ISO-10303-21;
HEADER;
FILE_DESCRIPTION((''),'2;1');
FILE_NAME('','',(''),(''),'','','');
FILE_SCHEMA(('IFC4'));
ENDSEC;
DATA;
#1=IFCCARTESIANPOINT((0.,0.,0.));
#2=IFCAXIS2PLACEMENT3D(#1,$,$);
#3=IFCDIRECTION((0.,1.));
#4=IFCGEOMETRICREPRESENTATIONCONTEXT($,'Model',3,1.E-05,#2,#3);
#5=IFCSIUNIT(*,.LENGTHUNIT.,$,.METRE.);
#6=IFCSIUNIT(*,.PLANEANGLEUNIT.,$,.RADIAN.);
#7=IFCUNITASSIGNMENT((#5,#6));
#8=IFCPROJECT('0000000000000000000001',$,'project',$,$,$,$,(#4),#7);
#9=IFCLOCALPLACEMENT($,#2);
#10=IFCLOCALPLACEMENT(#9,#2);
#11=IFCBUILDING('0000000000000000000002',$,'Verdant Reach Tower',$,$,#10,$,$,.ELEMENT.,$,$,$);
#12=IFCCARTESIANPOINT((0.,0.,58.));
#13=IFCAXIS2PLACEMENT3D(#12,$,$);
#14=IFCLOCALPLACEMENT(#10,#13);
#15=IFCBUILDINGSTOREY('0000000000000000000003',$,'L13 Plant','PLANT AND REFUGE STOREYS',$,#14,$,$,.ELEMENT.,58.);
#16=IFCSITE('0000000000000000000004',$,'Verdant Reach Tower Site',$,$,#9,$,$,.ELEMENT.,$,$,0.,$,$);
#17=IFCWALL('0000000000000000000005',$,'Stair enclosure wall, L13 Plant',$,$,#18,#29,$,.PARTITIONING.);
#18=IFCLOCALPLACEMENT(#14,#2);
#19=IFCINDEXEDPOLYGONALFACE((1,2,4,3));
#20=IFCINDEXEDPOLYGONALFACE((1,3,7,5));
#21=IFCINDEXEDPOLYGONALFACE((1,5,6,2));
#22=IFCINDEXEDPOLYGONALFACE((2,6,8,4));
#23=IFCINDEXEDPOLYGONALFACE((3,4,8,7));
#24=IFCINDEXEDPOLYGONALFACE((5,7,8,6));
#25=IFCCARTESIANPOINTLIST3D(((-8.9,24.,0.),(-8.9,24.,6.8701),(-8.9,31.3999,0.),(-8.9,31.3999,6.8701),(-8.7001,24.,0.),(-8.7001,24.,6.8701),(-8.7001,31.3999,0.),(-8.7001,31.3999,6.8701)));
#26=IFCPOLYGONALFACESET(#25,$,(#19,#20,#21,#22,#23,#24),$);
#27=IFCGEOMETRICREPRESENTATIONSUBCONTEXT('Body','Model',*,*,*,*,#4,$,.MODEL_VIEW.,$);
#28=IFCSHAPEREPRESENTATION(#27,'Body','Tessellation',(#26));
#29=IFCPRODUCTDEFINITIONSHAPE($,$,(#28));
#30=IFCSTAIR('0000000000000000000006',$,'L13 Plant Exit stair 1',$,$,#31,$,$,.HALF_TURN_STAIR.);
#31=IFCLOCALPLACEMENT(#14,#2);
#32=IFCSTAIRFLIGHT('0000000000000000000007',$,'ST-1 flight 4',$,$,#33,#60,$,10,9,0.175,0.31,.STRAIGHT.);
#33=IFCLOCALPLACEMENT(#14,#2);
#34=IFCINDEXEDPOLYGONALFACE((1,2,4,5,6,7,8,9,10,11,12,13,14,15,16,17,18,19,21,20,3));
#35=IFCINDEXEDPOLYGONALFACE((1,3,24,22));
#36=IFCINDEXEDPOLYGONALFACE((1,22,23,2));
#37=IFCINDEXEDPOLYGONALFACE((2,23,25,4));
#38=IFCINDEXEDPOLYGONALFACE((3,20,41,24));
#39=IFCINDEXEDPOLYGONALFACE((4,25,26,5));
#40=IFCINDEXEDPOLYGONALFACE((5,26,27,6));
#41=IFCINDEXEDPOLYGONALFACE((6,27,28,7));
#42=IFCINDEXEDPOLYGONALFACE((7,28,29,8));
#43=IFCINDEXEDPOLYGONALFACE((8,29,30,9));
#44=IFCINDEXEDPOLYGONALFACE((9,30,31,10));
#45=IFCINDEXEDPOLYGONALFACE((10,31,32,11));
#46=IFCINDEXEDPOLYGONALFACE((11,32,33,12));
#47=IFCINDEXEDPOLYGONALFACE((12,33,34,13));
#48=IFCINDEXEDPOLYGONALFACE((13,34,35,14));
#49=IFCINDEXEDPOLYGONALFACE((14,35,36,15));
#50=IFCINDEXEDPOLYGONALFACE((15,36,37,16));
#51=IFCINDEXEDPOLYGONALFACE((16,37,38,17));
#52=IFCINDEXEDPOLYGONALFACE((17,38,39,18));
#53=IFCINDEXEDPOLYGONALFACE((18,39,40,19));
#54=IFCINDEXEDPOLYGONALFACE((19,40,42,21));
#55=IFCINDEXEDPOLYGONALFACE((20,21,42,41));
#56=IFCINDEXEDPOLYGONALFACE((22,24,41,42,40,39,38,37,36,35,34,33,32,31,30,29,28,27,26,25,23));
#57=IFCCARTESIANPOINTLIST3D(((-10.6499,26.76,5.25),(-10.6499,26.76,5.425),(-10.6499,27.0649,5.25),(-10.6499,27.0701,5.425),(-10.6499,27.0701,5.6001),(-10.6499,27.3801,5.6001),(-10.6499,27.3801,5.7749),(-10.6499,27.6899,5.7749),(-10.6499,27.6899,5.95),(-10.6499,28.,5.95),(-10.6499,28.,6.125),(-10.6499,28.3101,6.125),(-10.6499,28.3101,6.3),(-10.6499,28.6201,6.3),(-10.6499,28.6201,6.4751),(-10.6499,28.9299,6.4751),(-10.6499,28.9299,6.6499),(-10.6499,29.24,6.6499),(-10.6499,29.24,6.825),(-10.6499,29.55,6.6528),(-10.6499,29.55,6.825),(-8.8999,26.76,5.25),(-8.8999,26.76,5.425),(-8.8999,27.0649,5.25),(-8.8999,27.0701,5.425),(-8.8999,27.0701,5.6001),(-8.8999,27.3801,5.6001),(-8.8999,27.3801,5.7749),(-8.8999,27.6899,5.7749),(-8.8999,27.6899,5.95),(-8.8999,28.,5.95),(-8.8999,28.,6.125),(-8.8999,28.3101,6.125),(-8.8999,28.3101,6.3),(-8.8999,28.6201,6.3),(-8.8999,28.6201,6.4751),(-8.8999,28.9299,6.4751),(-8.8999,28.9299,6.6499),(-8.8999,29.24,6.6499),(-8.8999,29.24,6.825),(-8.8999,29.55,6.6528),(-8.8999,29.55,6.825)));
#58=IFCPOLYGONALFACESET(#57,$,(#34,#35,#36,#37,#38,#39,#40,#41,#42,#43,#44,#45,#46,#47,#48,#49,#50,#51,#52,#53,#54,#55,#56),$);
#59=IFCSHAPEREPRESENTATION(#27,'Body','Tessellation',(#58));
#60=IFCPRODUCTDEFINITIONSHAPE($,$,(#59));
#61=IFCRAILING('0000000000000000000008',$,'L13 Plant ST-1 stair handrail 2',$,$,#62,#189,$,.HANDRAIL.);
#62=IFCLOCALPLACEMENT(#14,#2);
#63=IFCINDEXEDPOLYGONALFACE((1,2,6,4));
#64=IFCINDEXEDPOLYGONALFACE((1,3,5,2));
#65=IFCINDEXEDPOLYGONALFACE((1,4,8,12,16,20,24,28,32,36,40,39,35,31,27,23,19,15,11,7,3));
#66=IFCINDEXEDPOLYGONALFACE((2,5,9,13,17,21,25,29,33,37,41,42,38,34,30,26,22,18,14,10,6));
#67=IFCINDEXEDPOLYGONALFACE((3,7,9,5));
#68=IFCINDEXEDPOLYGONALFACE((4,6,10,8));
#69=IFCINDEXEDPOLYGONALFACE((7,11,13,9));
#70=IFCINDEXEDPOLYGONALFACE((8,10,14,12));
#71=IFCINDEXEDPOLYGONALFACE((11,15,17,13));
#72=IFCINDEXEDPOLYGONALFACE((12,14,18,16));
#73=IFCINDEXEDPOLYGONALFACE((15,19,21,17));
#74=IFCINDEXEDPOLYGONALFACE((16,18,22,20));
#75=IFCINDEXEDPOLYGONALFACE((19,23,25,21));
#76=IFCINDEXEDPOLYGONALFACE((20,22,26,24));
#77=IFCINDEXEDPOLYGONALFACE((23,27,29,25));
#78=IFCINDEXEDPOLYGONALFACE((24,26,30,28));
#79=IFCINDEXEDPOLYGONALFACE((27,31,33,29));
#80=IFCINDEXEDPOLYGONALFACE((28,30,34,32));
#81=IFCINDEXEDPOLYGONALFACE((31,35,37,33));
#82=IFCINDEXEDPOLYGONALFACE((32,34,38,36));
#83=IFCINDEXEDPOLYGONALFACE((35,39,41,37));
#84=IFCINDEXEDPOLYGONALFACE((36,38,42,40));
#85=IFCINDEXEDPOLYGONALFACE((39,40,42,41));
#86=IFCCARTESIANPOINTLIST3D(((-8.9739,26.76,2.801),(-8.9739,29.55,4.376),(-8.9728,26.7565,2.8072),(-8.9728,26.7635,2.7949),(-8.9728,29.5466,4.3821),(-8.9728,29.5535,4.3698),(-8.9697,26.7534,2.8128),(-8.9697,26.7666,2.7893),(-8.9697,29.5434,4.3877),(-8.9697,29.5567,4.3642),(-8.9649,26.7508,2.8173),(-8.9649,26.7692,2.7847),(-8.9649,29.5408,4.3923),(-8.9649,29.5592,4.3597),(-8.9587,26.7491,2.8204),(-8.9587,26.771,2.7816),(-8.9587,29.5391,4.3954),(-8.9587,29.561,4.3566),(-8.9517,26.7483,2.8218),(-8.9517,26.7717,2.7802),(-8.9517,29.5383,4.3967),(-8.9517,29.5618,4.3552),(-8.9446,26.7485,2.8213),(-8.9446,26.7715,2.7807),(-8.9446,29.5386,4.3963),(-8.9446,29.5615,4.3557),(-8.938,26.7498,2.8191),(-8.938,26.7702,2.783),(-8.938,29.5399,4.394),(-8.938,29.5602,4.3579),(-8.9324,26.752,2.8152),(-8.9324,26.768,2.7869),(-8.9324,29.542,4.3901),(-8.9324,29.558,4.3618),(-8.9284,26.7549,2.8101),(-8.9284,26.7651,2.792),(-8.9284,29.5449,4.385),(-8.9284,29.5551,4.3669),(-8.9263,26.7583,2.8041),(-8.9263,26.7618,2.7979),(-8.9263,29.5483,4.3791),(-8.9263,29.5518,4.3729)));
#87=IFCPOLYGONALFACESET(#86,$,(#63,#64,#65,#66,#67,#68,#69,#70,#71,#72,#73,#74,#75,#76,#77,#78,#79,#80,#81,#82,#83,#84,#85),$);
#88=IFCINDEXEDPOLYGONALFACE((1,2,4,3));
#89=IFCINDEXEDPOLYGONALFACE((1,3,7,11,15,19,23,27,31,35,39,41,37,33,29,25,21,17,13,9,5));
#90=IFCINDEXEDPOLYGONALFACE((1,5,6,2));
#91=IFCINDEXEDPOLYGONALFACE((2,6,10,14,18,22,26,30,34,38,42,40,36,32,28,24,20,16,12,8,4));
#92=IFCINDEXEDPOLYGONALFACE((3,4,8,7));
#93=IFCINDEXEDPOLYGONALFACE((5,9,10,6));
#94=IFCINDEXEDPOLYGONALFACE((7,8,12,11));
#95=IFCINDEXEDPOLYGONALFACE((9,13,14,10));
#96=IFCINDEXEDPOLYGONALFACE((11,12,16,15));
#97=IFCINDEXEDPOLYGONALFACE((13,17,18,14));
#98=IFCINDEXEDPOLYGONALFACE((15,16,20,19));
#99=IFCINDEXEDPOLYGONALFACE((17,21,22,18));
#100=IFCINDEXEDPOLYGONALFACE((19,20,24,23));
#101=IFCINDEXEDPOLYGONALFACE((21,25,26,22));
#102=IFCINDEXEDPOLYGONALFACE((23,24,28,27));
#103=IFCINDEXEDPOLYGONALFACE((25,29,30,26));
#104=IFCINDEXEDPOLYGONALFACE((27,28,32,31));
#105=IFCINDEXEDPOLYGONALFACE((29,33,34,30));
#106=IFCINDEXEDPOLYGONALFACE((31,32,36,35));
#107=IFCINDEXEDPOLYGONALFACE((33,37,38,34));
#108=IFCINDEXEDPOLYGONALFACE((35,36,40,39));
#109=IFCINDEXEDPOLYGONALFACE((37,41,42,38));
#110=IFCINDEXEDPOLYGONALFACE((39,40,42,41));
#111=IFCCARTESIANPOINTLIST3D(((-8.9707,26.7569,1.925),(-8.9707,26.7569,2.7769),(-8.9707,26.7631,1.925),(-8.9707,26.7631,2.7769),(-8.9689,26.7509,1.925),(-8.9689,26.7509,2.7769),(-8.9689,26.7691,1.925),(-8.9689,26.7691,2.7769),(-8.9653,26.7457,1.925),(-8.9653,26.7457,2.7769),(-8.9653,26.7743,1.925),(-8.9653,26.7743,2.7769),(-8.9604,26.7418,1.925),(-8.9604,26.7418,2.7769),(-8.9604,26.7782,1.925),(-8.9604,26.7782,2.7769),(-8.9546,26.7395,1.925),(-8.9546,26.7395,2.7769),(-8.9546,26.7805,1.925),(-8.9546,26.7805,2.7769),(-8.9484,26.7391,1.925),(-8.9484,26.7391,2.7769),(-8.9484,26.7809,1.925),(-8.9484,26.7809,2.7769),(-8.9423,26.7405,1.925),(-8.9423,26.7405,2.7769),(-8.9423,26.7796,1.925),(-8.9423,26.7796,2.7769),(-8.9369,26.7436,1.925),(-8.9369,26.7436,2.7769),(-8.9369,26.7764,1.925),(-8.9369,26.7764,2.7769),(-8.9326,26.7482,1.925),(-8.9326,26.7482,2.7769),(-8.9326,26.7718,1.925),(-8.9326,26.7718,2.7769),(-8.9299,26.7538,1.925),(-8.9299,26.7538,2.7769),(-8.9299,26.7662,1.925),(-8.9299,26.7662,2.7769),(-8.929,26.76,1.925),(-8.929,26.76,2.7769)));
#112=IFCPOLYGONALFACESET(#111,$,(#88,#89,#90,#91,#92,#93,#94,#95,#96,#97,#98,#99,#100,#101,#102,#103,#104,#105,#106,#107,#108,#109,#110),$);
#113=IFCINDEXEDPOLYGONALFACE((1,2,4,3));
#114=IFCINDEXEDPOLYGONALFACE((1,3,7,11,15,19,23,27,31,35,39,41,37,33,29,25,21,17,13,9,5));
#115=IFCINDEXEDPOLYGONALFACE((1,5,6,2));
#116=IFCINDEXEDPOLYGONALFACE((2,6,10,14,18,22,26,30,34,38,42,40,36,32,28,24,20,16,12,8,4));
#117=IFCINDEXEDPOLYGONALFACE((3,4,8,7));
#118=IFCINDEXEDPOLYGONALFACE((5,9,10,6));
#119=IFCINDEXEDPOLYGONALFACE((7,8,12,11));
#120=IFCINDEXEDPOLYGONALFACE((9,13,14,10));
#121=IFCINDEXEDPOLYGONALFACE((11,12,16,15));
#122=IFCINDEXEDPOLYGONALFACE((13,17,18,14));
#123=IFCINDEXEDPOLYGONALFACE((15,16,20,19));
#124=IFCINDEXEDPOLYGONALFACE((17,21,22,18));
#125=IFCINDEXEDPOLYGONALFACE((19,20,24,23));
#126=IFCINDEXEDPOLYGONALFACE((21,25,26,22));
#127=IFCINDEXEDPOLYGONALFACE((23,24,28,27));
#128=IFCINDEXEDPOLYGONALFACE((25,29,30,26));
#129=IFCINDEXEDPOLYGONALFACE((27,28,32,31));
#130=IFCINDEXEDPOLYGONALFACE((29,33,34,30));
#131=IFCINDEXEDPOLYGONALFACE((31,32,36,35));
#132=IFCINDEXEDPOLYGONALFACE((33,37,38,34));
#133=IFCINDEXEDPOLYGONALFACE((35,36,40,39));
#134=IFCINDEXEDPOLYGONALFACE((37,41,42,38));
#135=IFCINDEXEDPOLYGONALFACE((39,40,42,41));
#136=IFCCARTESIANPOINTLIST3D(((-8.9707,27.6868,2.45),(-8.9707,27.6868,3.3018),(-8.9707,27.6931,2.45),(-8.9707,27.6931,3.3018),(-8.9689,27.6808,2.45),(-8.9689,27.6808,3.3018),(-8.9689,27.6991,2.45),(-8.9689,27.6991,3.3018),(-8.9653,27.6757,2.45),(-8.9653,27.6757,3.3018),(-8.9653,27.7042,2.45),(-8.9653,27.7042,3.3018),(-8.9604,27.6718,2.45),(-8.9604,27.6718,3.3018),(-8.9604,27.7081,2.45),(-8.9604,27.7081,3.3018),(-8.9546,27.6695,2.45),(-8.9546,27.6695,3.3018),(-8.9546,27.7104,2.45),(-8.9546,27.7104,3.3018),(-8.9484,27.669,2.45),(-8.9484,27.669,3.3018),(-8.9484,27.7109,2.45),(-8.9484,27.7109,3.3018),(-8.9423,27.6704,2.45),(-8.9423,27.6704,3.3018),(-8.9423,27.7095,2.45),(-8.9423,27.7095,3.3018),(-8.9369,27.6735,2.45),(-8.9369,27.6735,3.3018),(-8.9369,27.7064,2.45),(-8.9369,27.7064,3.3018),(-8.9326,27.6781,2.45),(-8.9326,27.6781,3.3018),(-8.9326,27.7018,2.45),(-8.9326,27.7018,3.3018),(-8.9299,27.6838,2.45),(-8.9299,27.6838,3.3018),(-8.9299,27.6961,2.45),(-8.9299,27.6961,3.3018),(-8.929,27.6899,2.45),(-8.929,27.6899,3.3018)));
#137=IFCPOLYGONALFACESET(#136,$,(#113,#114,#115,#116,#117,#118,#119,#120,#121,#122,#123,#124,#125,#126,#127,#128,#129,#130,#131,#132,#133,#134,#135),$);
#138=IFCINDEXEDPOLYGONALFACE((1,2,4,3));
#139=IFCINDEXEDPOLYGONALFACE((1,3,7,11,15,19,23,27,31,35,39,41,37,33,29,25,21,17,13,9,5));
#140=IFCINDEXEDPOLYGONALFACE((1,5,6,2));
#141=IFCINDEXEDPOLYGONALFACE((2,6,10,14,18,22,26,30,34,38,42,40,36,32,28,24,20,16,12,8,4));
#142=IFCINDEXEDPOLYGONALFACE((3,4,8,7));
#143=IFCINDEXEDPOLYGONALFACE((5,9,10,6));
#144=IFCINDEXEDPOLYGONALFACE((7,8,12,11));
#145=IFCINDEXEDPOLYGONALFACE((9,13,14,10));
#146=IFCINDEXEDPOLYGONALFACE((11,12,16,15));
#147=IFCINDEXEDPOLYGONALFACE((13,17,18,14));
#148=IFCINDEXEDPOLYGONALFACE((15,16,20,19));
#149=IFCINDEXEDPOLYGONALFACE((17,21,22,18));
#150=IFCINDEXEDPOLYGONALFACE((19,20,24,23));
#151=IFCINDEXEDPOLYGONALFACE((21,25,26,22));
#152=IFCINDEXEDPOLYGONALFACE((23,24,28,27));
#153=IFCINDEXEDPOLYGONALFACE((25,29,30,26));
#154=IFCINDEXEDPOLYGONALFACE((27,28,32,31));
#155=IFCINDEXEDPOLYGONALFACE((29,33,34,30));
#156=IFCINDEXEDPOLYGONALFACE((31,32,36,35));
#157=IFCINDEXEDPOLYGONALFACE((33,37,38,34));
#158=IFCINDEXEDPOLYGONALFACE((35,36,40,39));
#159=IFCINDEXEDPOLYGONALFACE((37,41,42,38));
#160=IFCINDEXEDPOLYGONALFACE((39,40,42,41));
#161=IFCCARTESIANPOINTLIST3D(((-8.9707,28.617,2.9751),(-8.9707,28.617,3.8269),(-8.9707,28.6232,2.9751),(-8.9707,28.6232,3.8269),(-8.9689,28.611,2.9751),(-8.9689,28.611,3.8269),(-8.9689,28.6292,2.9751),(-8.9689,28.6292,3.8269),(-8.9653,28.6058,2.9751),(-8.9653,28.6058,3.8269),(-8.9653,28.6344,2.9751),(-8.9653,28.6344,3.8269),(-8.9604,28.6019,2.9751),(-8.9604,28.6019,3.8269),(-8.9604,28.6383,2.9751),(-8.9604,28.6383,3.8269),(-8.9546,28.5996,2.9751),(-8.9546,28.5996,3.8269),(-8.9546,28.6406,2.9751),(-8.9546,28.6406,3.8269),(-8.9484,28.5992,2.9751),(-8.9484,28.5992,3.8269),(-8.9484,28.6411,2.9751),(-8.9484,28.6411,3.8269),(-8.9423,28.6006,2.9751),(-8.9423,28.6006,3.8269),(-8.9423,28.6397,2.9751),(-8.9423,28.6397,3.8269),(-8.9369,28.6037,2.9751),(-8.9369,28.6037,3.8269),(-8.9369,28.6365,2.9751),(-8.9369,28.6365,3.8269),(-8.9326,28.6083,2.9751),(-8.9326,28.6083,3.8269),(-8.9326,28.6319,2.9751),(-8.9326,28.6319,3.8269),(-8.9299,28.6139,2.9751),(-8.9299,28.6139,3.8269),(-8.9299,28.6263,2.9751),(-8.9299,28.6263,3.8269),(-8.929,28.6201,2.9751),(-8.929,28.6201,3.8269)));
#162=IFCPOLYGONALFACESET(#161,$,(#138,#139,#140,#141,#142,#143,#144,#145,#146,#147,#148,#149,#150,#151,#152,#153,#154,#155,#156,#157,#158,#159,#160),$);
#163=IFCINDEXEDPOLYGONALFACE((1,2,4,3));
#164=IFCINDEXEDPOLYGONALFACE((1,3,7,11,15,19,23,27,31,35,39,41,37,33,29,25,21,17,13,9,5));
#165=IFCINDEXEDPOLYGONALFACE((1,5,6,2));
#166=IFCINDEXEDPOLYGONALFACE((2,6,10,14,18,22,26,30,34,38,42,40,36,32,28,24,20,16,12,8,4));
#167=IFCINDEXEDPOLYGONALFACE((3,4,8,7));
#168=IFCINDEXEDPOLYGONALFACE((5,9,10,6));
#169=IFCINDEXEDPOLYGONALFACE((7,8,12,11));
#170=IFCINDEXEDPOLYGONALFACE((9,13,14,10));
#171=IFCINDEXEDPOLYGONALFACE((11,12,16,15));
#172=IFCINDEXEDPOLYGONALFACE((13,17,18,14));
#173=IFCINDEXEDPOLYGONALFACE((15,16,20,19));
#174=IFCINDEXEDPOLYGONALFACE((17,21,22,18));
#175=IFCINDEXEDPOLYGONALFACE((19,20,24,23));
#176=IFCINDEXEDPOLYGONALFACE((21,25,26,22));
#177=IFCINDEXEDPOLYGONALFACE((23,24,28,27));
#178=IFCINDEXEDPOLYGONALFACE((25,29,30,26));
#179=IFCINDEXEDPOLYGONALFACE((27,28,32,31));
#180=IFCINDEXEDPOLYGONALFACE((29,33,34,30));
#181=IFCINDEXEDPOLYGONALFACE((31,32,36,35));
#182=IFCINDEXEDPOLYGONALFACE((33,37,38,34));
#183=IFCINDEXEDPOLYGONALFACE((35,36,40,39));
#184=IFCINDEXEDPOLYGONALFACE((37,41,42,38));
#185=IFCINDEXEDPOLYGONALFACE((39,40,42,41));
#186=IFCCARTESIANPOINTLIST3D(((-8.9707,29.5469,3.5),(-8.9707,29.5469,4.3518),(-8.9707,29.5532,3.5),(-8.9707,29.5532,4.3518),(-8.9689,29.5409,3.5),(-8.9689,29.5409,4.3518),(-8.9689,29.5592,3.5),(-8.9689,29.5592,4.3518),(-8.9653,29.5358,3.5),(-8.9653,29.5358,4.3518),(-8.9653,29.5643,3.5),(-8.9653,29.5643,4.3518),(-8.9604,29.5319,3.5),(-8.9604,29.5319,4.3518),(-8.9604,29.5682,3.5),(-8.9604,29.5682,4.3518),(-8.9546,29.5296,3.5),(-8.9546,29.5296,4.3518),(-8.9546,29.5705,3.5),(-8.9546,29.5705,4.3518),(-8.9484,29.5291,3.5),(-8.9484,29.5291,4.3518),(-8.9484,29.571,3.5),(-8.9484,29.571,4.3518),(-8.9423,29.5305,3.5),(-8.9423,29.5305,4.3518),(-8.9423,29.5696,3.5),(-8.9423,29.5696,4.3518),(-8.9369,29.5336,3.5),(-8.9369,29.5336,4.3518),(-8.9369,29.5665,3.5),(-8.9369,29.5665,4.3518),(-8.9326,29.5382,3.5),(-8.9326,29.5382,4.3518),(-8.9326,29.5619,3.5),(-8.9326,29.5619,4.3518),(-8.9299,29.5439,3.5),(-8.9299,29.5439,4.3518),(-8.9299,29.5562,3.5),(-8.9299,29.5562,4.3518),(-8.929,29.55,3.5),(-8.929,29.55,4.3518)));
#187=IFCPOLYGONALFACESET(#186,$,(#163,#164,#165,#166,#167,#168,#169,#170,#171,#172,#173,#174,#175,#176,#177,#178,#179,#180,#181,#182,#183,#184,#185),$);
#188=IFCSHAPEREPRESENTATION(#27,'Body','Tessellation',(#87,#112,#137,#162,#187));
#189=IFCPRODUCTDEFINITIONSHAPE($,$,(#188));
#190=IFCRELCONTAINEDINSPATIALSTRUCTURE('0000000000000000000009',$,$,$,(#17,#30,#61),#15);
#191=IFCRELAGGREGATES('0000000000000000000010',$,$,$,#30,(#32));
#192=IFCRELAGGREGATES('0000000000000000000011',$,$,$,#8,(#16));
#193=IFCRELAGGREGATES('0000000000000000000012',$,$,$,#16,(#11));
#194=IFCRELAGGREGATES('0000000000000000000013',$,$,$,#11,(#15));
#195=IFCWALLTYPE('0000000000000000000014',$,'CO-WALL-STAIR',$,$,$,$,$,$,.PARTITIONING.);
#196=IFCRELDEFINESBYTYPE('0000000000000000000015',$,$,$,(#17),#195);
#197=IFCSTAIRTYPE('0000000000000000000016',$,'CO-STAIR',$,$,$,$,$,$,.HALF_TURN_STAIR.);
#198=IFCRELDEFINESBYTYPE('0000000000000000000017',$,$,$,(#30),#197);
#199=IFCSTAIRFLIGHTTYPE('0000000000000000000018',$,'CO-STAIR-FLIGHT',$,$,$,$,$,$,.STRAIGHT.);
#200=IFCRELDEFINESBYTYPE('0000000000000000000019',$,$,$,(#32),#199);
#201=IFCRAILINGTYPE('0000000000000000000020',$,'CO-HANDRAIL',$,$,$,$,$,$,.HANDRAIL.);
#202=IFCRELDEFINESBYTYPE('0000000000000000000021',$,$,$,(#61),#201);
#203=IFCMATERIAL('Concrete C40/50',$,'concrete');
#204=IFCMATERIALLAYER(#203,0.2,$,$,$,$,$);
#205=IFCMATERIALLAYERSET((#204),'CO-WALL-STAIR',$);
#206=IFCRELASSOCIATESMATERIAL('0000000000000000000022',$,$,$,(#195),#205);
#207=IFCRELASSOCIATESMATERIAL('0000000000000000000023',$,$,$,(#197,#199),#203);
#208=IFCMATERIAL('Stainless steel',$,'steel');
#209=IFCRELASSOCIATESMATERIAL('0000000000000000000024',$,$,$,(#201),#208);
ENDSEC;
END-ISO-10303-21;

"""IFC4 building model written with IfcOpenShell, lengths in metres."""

from ifc_helpers import new_model, si_unit, direction, frame, frame_2d, origin, origin_2d, place, context, subcontext, project, spatial, polyline, rectangle, circle, outline, extrude, material, layer, layer_set, type_object, element, aggregate, save


model = new_model("IFC4")

# Units and contexts
model_context = context("Model", 3, precision=1e-05, world=origin(), true_north=direction((0.0, 1.0)))
body_context = subcontext(model_context, "Body", "Model", "MODEL_VIEW")
ifc_project = project(units=[si_unit("LENGTHUNIT", "METRE"), si_unit("PLANEANGLEUNIT", "RADIAN")], contexts=[model_context])

# Site, building, storey
site_placement = place(None, origin())
site = spatial("IfcSite", under=ifc_project, at=site_placement, Name="Verdant Reach Tower Site", CompositionType="ELEMENT", RefElevation=0.0)
building_placement = place(site_placement, origin())
building = spatial("IfcBuilding", under=site, at=building_placement, Name="Verdant Reach Tower", CompositionType="ELEMENT")
storey_placement = place(building_placement, frame((0.0, 0.0, 58.0)))
storey = spatial("IfcBuildingStorey", under=building, at=storey_placement, Name="L13 Plant", Description="PLANT AND REFUGE STOREYS", CompositionType="ELEMENT", Elevation=58.0)

# Shared definitions
ifc_material_1 = material(Name="Concrete C40/50", Category="concrete")

# Shared definitions
ifc_material_2 = material(Name="Stainless steel", Category="steel")

# Wall
ifc_layer_1 = layer(ifc_material_1, 0.2)
ifc_layer_set_1 = layer_set([ifc_layer_1], Name="CO-WALL-STAIR")
wall_type_1 = type_object("IfcWallType", Name="CO-WALL-STAIR", PredefinedType="PARTITIONING", material=ifc_layer_set_1)
wall_1_placement = place(storey_placement, frame((-8.8, 24.0, 0.0), z_axis=(0.0, 0.0, 1.0), x_axis=(0.0, 1.0, 0.0)))
element("IfcWall", 1, at=wall_1_placement, inside=storey, type_object=wall_type_1, Name="Stair enclosure wall, L13 Plant", PredefinedType="PARTITIONING", context=body_context, shape_type="SweptSolid", body=[
    extrude(rectangle(XDim=7.3999, YDim=0.2, at=frame_2d((3.7, 0.0))), origin(), (0.0, 0.0, 1.0), 6.8701),
])

# Stair, stair flight
stair_type = type_object("IfcStairType", Name="CO-STAIR", PredefinedType="HALF_TURN_STAIR", material=ifc_material_1)
stair_placement = place(storey_placement, origin())
stair = element("IfcStair", 2, at=stair_placement, inside=storey, type_object=stair_type, Name="L13 Plant Exit stair 1", PredefinedType="HALF_TURN_STAIR")
stair_flight_type = type_object("IfcStairFlightType", Name="CO-STAIR-FLIGHT", PredefinedType="STRAIGHT", material=ifc_material_1)
stair_flight_placement = place(storey_placement, frame((-9.7749, 26.76, 5.25), z_axis=(0.0, 0.0, 1.0), x_axis=(0.0, 1.0, 0.0)))
stair_flight = element("IfcStairFlight", 3, at=stair_flight_placement, type_object=stair_flight_type, Name="ST-1 flight 4", NumberOfRisers=10, NumberOfTreads=9, PredefinedType="STRAIGHT", RiserHeight=0.175, TreadLength=0.31, context=body_context, shape_type="SweptSolid", body=[
    extrude(outline(polyline([(0.0, 0.0), (0.0, 0.175), (0.3101, 0.175), (0.3101, 0.3501), (0.6201, 0.3501), (0.6201, 0.5249), (0.9299, 0.5249), (0.9299, 0.7), (1.24, 0.7), (1.24, 0.875), (1.55, 0.875), (1.55, 1.05), (1.8601, 1.05), (1.8601, 1.2251), (2.1699, 1.2251), (2.1699, 1.3999), (2.48, 1.3999), (2.48, 1.575), (2.79, 1.575), (2.79, 1.75), (2.79, 1.4028), (0.3049, 0.0), (0.0, 0.0)])), frame((0.0, 0.875, 0.0), z_axis=(0.0, -1.0, 0.0), x_axis=(1.0, 0.0, 0.0)), (0.0, 0.0, 1.0), 1.75),
])
aggregate(stair, [stair_flight])

# Railing
railing_type = type_object("IfcRailingType", Name="CO-HANDRAIL", PredefinedType="HANDRAIL", material=ifc_material_2)
for number, where, name in (
    (4, (-8.95, 26.76, 1.925), "L13 Plant ST-1 stair handrail 2"),
):
    element("IfcRailing", number, at=place(storey_placement, frame(where)), inside=storey, type_object=railing_type, Name=name, PredefinedType="HANDRAIL", context=body_context, shape_type="SweptSolid", body=[
        extrude(circle(Radius=0.0239, at=origin_2d()), frame((0.0, 0.0, 0.876), z_axis=(0.0, 0.870834, 0.491578), x_axis=(-1.0, 0.0, 0.0)), (0.0, 0.0, 1.0), 3.2039),
        extrude(circle(Radius=0.021, at=origin_2d()), origin(), (0.0, 0.0, 1.0), 0.8518),
        extrude(circle(Radius=0.021, at=origin_2d()), frame((0.0, 0.9299, 0.5249)), (0.0, 0.0, 1.0), 0.8518),
        extrude(circle(Radius=0.021, at=origin_2d()), frame((0.0, 1.8601, 1.05)), (0.0, 0.0, 1.0), 0.8518),
        extrude(circle(Radius=0.021, at=origin_2d()), frame((0.0, 2.79, 1.575)), (0.0, 0.0, 1.0), 0.8518),
    ])

save(model, "model.ifc")
